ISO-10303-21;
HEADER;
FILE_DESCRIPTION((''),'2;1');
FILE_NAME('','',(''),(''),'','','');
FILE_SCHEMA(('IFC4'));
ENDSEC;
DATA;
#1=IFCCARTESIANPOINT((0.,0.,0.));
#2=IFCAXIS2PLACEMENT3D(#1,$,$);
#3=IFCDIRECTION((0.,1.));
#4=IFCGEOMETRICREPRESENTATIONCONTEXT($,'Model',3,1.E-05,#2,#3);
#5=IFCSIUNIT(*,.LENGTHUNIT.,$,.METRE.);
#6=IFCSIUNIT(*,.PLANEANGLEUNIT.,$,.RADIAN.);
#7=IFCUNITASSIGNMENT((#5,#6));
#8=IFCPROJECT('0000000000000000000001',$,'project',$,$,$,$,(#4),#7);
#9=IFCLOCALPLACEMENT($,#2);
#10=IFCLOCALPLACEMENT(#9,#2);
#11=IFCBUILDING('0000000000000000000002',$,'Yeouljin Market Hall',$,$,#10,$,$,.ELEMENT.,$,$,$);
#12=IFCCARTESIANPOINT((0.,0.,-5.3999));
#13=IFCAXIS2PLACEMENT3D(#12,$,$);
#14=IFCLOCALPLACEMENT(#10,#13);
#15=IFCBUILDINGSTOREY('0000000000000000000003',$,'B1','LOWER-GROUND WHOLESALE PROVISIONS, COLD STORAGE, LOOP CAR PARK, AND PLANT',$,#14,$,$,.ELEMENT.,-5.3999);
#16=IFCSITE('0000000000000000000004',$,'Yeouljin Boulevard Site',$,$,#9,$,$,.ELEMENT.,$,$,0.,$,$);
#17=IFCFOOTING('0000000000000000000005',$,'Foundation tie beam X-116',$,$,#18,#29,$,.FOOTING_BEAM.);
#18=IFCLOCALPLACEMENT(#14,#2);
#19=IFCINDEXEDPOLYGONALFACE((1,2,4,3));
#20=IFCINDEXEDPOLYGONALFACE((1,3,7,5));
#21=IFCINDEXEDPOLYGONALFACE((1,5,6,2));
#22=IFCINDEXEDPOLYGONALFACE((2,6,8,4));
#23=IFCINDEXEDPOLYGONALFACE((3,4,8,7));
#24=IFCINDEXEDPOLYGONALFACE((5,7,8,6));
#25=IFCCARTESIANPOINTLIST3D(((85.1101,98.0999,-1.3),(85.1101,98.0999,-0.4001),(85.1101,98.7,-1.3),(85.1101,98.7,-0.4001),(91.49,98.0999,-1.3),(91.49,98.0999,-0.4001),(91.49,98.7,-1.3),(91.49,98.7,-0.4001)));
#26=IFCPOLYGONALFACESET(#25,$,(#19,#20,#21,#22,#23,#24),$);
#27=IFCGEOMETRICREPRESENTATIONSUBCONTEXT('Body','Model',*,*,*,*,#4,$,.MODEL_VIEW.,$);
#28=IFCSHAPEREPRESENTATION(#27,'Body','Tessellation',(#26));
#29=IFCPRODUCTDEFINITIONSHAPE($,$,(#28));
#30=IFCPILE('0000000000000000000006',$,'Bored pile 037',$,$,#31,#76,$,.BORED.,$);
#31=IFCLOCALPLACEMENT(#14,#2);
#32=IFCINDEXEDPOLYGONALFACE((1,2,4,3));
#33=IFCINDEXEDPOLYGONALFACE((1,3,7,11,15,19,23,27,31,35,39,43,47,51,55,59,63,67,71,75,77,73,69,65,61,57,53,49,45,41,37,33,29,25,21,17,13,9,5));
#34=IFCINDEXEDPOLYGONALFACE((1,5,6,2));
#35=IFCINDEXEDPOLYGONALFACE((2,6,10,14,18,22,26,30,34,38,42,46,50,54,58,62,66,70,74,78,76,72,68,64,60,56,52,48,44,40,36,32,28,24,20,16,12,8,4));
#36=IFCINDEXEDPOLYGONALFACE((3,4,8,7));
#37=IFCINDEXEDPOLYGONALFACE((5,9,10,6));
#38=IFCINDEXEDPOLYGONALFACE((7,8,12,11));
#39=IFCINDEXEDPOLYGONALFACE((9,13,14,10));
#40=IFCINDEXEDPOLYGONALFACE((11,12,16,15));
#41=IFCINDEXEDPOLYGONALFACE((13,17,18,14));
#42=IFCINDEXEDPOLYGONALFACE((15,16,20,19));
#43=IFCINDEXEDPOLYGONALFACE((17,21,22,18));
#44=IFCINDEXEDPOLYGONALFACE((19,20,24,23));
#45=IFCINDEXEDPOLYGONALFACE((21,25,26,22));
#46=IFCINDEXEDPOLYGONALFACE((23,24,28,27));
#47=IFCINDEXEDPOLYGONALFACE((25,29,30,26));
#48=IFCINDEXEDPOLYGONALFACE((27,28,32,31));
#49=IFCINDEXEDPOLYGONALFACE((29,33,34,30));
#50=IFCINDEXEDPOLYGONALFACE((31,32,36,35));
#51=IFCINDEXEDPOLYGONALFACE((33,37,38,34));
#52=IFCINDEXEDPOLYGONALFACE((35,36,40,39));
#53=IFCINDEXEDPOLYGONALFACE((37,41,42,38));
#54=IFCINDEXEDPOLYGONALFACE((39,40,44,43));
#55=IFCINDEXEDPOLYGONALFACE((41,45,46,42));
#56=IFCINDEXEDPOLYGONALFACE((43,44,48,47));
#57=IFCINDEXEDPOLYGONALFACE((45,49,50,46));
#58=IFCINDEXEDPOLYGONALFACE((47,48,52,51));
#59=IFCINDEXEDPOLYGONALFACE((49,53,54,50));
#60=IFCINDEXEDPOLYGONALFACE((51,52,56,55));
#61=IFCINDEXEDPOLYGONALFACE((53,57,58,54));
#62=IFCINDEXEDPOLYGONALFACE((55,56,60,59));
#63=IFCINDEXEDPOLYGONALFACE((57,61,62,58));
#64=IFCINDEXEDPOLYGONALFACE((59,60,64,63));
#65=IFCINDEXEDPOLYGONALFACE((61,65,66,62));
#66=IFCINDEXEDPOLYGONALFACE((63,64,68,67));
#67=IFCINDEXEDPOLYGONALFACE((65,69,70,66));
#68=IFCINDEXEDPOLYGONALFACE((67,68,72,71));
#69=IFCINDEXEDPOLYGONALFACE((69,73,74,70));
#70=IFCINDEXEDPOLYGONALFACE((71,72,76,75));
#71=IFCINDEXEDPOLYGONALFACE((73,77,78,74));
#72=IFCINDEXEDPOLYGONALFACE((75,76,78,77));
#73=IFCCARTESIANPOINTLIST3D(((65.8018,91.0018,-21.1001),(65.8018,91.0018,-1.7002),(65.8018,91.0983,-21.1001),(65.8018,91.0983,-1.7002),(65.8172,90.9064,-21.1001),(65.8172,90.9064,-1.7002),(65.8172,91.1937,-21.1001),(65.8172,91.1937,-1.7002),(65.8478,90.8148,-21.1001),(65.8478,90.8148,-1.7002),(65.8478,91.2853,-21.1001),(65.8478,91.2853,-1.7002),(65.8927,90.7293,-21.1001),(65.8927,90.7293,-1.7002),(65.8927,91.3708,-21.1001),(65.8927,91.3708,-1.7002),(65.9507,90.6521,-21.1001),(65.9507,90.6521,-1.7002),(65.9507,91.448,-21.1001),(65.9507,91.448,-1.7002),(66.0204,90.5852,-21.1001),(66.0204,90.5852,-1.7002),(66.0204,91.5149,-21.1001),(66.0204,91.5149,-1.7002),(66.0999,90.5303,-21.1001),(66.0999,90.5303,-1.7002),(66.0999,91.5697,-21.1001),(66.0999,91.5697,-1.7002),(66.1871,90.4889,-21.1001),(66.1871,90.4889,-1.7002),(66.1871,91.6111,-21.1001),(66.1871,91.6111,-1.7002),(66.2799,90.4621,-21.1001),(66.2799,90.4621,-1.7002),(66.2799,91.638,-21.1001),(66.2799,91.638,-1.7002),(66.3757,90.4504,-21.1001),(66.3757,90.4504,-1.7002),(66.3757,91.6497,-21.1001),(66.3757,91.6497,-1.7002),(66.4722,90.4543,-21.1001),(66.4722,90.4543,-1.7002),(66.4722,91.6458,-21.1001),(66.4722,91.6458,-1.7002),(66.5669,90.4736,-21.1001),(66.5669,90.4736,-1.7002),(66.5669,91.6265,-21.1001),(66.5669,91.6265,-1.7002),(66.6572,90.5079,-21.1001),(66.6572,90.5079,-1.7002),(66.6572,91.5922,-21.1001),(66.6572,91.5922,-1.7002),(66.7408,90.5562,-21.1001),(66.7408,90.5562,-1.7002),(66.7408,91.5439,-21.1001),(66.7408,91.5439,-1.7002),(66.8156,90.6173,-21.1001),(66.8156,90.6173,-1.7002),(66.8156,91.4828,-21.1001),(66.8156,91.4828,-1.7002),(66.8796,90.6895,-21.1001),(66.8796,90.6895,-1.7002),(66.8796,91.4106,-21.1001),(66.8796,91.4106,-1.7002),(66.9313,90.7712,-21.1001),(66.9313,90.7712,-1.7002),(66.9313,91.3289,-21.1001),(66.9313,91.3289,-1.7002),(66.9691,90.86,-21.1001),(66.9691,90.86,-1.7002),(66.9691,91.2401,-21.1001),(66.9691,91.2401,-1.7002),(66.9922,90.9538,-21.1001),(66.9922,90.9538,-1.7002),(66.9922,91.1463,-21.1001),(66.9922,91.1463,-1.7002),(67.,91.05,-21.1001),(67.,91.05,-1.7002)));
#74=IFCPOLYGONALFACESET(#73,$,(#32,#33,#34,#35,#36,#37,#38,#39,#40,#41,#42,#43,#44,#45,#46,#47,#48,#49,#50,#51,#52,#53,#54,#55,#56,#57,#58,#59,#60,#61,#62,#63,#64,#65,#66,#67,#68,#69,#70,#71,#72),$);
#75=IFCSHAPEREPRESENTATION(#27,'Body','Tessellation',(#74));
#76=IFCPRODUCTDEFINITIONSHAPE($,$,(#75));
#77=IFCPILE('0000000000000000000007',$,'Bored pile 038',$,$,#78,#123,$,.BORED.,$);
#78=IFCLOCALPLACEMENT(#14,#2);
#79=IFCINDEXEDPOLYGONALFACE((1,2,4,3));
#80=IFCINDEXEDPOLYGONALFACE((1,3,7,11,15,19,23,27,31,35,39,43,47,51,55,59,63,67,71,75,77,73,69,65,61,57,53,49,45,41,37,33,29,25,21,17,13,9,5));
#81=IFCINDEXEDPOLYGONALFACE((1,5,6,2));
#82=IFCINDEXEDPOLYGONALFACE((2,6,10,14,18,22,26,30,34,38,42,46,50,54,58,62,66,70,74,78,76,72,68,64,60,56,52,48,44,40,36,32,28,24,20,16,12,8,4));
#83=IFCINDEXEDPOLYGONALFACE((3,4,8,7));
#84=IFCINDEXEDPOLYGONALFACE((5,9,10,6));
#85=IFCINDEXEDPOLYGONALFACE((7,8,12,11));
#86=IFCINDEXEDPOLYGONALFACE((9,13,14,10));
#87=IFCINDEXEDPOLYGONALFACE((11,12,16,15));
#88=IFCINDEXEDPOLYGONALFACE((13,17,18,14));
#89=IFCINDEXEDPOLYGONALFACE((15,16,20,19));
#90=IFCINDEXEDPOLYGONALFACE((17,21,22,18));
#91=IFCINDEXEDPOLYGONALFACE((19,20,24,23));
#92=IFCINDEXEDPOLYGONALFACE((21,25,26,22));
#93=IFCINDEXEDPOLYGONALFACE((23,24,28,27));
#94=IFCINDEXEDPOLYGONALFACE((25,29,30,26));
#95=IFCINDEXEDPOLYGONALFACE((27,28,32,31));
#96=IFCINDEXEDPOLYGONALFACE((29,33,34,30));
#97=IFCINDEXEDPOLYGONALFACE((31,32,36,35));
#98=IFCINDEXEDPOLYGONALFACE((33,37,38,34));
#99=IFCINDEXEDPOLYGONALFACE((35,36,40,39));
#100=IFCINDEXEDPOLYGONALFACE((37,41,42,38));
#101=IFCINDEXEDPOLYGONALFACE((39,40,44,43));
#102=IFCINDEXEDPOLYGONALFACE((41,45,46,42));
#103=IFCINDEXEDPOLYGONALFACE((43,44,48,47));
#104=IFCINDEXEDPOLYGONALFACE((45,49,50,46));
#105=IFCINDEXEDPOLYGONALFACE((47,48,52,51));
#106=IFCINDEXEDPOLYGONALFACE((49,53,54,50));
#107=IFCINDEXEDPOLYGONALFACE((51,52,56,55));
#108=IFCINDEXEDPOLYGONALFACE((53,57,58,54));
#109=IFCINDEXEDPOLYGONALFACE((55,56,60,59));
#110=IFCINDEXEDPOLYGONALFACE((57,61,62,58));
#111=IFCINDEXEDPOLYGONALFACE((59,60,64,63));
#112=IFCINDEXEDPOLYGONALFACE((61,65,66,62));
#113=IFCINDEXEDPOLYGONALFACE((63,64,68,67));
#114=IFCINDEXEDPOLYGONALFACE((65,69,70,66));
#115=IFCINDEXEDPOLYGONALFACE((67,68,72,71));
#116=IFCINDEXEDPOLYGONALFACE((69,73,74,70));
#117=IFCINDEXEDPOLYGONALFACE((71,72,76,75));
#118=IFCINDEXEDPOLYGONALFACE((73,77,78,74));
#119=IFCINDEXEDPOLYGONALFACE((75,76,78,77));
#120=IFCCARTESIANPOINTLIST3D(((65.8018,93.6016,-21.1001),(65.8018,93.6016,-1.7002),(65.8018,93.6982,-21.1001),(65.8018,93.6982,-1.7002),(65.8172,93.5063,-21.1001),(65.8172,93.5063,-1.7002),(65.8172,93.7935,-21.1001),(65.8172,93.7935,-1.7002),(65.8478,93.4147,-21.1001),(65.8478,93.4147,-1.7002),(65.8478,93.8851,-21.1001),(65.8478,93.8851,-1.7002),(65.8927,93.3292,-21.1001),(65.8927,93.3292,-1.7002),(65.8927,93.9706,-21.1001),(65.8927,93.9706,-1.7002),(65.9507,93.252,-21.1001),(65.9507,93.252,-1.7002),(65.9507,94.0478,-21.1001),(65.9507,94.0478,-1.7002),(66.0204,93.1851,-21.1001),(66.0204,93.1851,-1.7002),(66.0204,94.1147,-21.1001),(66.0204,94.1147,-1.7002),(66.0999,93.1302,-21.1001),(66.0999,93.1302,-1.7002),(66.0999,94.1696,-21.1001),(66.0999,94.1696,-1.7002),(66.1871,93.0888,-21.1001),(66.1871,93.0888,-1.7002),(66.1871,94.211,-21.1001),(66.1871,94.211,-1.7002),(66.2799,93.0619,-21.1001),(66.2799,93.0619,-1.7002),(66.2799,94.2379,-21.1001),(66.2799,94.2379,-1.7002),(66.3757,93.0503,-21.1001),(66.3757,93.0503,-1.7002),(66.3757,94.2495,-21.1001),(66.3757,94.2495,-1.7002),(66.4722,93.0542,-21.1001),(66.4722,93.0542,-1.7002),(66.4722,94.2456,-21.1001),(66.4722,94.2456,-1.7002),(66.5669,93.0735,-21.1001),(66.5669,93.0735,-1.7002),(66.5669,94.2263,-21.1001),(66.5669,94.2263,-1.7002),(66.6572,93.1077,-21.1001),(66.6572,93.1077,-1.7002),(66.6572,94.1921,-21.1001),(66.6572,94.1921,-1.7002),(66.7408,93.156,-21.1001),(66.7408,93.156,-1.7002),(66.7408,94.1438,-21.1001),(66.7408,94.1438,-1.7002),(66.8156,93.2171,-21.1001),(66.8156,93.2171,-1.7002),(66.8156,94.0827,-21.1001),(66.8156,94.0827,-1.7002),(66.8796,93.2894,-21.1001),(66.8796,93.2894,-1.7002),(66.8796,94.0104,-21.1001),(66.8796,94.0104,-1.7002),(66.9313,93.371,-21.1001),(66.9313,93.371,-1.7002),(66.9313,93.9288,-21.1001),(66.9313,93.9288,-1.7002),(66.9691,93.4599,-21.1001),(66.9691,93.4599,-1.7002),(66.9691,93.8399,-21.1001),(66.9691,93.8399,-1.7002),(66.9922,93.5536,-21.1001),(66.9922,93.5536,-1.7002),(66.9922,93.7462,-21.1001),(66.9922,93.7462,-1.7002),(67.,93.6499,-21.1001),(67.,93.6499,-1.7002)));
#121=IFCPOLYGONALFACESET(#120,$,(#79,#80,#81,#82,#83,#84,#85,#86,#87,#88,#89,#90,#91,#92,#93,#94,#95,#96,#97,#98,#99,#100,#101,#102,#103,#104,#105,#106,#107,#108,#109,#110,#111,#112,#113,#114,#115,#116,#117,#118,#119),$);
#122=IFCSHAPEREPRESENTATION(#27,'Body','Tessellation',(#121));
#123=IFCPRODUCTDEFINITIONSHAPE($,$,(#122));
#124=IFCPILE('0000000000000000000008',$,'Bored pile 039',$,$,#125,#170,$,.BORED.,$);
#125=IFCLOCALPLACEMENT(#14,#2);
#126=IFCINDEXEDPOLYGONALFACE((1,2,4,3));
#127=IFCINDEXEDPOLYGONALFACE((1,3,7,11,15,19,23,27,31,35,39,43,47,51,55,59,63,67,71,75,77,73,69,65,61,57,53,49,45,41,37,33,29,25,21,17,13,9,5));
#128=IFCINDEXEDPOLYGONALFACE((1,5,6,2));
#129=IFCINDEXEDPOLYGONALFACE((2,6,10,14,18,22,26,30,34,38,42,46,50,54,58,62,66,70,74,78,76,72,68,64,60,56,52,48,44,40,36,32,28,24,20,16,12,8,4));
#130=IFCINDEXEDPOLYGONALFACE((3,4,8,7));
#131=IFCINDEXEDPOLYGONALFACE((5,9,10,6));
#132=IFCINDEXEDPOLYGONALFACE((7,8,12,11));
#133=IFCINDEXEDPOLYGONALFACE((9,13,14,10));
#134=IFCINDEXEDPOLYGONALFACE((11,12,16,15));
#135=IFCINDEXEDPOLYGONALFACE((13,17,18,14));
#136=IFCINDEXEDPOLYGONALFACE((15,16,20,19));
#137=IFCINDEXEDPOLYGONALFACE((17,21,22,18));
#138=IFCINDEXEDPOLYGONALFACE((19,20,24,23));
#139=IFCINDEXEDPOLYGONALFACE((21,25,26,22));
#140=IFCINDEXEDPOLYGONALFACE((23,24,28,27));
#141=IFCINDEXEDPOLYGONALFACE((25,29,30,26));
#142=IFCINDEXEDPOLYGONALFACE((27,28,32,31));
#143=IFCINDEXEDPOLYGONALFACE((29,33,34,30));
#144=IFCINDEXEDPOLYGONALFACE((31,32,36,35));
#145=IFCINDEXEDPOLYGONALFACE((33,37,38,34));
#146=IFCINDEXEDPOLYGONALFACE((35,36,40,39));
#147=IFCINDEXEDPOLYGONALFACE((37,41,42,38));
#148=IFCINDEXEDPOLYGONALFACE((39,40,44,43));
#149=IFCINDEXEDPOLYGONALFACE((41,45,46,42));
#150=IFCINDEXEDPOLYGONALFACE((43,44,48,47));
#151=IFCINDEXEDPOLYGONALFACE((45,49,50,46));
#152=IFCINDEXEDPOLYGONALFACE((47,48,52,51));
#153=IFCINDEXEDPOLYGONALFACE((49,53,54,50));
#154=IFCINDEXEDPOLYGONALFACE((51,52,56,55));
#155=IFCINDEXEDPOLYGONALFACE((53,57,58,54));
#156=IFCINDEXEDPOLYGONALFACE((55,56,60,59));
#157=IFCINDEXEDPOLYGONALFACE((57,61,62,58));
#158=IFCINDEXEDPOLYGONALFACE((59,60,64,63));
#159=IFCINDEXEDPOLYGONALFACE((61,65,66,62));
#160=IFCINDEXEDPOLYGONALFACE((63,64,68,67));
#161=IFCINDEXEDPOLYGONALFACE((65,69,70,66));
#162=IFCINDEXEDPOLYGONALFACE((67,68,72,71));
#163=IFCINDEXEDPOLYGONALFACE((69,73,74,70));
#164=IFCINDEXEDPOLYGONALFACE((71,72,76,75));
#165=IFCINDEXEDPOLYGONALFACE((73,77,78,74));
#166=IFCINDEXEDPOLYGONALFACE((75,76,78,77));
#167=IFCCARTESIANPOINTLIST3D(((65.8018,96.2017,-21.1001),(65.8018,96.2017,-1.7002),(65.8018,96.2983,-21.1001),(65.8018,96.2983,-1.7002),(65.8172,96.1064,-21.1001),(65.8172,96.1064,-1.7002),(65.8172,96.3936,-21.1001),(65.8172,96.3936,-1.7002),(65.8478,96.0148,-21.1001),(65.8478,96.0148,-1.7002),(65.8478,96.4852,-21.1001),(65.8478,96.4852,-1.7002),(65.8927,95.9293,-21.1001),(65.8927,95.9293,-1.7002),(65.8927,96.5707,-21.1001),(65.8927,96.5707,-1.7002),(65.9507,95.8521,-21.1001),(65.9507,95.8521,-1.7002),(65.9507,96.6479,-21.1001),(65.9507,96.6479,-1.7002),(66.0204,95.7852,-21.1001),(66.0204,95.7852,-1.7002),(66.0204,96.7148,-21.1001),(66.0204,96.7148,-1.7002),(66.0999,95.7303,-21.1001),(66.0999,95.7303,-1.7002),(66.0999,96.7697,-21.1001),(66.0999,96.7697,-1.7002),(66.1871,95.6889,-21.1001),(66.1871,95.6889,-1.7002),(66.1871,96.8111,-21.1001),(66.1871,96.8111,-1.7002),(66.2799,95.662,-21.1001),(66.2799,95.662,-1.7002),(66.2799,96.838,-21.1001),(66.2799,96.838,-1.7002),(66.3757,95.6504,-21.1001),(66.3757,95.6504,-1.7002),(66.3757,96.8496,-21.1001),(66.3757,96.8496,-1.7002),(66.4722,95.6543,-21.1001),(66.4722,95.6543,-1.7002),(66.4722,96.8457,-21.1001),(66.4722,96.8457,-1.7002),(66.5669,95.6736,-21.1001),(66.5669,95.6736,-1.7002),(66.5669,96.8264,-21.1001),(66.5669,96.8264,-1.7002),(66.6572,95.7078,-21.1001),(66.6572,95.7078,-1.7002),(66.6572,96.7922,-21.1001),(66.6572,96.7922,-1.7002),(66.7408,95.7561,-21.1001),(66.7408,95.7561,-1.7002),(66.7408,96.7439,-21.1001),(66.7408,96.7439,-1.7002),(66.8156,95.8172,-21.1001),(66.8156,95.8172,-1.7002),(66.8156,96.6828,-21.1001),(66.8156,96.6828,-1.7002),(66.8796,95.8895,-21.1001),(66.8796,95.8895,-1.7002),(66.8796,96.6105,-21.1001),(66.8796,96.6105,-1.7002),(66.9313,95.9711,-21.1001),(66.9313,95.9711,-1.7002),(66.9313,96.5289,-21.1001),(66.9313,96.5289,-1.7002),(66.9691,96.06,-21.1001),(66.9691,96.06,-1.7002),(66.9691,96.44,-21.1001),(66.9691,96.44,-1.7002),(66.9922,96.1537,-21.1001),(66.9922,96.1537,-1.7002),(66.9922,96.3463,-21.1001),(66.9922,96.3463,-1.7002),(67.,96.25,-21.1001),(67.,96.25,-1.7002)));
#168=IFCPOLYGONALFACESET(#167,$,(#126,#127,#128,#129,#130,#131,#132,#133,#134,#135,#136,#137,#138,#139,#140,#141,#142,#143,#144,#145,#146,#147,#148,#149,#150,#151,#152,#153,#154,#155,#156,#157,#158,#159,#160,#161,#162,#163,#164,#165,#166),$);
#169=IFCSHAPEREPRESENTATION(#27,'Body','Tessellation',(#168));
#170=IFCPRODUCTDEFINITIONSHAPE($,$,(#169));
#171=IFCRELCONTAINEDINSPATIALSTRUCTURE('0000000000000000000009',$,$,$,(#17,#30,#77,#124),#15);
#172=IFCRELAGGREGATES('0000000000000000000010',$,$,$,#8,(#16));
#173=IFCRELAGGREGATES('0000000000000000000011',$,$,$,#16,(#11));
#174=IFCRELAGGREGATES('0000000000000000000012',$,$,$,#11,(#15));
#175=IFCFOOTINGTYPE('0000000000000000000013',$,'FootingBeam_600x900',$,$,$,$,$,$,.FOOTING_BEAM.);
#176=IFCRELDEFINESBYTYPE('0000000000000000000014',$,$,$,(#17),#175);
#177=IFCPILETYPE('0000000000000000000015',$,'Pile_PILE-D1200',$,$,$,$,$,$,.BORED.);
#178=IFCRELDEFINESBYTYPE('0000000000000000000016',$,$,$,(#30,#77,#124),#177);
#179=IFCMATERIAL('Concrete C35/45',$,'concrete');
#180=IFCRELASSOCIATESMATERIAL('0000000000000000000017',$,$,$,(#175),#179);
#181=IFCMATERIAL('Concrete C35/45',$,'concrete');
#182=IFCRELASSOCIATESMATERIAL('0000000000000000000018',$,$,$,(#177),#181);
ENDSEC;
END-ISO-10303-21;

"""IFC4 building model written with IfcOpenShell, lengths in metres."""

from ifc_helpers import new_model, si_unit, direction, frame, origin, origin_2d, place, context, subcontext, project, spatial, rectangle, circle, extrude, material, material_profile, profile_set, type_object, element, save


model = new_model("IFC4")

# Units and contexts
model_context = context("Model", 3, precision=1e-05, world=origin(), true_north=direction((0.0, 1.0)))
body_context = subcontext(model_context, "Body", "Model", "MODEL_VIEW")
ifc_project = project(units=[si_unit("LENGTHUNIT", "METRE"), si_unit("PLANEANGLEUNIT", "RADIAN")], contexts=[model_context])

# Site, building, storey
site_placement = place(None, origin())
site = spatial("IfcSite", under=ifc_project, at=site_placement, Name="Yeouljin Boulevard Site", CompositionType="ELEMENT", RefElevation=0.0)
building_placement = place(site_placement, origin())
building = spatial("IfcBuilding", under=site, at=building_placement, Name="Yeouljin Market Hall", CompositionType="ELEMENT")
storey_placement = place(building_placement, frame((0.0, 0.0, -5.3999)))
storey = spatial("IfcBuildingStorey", under=building, at=storey_placement, Name="B1", Description="LOWER-GROUND WHOLESALE PROVISIONS, COLD STORAGE, LOOP CAR PARK, AND PLANT", CompositionType="ELEMENT", Elevation=-5.3999)

# Footing
ifc_material_1 = material(Name="Concrete C35/45", Category="concrete")
ifc_material_profile_1 = material_profile(ifc_material_1, rectangle(XDim=0.6001, YDim=0.8999, at=origin_2d()), Name="RC-600x900")
ifc_profile_set_1 = profile_set([ifc_material_profile_1], Name="Concrete C35/45")
footing_type = type_object("IfcFootingType", Name="FootingBeam_600x900", PredefinedType="FOOTING_BEAM", material=ifc_profile_set_1)
footing_placement = place(storey_placement, frame((85.1101, 98.3999, -0.8501), z_axis=(1.0, 0.0, 0.0), x_axis=(0.0, 1.0, 0.0)))
element("IfcFooting", 1, at=footing_placement, inside=storey, type_object=footing_type, Name="Foundation tie beam X-116", PredefinedType="FOOTING_BEAM", context=body_context, shape_type="SweptSolid", body=[
    extrude(rectangle(XDim=0.6001, YDim=0.8999, at=origin_2d()), origin(), (0.0, 0.0, 1.0), 6.3799),
])

# Piles
ifc_material_2 = material(Name="Concrete C35/45", Category="concrete")
ifc_material_profile_2 = material_profile(ifc_material_2, circle(Radius=0.6001, at=origin_2d()), Name="PILE-D1200")
ifc_profile_set_2 = profile_set([ifc_material_profile_2], Name="Concrete C35/45")
pile_type = type_object("IfcPileType", Name="Pile_PILE-D1200", PredefinedType="BORED", material=ifc_profile_set_2)
for number, where, z_axis, x_axis, name in (
    (2, (66.3999, 91.05, -1.7002), (0.0, 0.0, -1.0), (1.0, 0.0, 0.0), "Bored pile 037"),
    (3, (66.3999, 93.6499, -1.7002), (0.0, 0.0, -1.0), (1.0, 0.0, 0.0), "Bored pile 038"),
    (4, (66.3999, 96.25, -1.7002), (0.0, 0.0, -1.0), (1.0, 0.0, 0.0), "Bored pile 039"),
):
    element("IfcPile", number, at=place(storey_placement, frame(where, z_axis=z_axis, x_axis=x_axis)), inside=storey, type_object=pile_type, Name=name, PredefinedType="BORED", context=body_context, shape_type="SweptSolid", body=[
        extrude(circle(Radius=0.6001, at=origin_2d()), origin(), (0.0, 0.0, 1.0), 19.3999),
    ])

save(model, "model.ifc")
